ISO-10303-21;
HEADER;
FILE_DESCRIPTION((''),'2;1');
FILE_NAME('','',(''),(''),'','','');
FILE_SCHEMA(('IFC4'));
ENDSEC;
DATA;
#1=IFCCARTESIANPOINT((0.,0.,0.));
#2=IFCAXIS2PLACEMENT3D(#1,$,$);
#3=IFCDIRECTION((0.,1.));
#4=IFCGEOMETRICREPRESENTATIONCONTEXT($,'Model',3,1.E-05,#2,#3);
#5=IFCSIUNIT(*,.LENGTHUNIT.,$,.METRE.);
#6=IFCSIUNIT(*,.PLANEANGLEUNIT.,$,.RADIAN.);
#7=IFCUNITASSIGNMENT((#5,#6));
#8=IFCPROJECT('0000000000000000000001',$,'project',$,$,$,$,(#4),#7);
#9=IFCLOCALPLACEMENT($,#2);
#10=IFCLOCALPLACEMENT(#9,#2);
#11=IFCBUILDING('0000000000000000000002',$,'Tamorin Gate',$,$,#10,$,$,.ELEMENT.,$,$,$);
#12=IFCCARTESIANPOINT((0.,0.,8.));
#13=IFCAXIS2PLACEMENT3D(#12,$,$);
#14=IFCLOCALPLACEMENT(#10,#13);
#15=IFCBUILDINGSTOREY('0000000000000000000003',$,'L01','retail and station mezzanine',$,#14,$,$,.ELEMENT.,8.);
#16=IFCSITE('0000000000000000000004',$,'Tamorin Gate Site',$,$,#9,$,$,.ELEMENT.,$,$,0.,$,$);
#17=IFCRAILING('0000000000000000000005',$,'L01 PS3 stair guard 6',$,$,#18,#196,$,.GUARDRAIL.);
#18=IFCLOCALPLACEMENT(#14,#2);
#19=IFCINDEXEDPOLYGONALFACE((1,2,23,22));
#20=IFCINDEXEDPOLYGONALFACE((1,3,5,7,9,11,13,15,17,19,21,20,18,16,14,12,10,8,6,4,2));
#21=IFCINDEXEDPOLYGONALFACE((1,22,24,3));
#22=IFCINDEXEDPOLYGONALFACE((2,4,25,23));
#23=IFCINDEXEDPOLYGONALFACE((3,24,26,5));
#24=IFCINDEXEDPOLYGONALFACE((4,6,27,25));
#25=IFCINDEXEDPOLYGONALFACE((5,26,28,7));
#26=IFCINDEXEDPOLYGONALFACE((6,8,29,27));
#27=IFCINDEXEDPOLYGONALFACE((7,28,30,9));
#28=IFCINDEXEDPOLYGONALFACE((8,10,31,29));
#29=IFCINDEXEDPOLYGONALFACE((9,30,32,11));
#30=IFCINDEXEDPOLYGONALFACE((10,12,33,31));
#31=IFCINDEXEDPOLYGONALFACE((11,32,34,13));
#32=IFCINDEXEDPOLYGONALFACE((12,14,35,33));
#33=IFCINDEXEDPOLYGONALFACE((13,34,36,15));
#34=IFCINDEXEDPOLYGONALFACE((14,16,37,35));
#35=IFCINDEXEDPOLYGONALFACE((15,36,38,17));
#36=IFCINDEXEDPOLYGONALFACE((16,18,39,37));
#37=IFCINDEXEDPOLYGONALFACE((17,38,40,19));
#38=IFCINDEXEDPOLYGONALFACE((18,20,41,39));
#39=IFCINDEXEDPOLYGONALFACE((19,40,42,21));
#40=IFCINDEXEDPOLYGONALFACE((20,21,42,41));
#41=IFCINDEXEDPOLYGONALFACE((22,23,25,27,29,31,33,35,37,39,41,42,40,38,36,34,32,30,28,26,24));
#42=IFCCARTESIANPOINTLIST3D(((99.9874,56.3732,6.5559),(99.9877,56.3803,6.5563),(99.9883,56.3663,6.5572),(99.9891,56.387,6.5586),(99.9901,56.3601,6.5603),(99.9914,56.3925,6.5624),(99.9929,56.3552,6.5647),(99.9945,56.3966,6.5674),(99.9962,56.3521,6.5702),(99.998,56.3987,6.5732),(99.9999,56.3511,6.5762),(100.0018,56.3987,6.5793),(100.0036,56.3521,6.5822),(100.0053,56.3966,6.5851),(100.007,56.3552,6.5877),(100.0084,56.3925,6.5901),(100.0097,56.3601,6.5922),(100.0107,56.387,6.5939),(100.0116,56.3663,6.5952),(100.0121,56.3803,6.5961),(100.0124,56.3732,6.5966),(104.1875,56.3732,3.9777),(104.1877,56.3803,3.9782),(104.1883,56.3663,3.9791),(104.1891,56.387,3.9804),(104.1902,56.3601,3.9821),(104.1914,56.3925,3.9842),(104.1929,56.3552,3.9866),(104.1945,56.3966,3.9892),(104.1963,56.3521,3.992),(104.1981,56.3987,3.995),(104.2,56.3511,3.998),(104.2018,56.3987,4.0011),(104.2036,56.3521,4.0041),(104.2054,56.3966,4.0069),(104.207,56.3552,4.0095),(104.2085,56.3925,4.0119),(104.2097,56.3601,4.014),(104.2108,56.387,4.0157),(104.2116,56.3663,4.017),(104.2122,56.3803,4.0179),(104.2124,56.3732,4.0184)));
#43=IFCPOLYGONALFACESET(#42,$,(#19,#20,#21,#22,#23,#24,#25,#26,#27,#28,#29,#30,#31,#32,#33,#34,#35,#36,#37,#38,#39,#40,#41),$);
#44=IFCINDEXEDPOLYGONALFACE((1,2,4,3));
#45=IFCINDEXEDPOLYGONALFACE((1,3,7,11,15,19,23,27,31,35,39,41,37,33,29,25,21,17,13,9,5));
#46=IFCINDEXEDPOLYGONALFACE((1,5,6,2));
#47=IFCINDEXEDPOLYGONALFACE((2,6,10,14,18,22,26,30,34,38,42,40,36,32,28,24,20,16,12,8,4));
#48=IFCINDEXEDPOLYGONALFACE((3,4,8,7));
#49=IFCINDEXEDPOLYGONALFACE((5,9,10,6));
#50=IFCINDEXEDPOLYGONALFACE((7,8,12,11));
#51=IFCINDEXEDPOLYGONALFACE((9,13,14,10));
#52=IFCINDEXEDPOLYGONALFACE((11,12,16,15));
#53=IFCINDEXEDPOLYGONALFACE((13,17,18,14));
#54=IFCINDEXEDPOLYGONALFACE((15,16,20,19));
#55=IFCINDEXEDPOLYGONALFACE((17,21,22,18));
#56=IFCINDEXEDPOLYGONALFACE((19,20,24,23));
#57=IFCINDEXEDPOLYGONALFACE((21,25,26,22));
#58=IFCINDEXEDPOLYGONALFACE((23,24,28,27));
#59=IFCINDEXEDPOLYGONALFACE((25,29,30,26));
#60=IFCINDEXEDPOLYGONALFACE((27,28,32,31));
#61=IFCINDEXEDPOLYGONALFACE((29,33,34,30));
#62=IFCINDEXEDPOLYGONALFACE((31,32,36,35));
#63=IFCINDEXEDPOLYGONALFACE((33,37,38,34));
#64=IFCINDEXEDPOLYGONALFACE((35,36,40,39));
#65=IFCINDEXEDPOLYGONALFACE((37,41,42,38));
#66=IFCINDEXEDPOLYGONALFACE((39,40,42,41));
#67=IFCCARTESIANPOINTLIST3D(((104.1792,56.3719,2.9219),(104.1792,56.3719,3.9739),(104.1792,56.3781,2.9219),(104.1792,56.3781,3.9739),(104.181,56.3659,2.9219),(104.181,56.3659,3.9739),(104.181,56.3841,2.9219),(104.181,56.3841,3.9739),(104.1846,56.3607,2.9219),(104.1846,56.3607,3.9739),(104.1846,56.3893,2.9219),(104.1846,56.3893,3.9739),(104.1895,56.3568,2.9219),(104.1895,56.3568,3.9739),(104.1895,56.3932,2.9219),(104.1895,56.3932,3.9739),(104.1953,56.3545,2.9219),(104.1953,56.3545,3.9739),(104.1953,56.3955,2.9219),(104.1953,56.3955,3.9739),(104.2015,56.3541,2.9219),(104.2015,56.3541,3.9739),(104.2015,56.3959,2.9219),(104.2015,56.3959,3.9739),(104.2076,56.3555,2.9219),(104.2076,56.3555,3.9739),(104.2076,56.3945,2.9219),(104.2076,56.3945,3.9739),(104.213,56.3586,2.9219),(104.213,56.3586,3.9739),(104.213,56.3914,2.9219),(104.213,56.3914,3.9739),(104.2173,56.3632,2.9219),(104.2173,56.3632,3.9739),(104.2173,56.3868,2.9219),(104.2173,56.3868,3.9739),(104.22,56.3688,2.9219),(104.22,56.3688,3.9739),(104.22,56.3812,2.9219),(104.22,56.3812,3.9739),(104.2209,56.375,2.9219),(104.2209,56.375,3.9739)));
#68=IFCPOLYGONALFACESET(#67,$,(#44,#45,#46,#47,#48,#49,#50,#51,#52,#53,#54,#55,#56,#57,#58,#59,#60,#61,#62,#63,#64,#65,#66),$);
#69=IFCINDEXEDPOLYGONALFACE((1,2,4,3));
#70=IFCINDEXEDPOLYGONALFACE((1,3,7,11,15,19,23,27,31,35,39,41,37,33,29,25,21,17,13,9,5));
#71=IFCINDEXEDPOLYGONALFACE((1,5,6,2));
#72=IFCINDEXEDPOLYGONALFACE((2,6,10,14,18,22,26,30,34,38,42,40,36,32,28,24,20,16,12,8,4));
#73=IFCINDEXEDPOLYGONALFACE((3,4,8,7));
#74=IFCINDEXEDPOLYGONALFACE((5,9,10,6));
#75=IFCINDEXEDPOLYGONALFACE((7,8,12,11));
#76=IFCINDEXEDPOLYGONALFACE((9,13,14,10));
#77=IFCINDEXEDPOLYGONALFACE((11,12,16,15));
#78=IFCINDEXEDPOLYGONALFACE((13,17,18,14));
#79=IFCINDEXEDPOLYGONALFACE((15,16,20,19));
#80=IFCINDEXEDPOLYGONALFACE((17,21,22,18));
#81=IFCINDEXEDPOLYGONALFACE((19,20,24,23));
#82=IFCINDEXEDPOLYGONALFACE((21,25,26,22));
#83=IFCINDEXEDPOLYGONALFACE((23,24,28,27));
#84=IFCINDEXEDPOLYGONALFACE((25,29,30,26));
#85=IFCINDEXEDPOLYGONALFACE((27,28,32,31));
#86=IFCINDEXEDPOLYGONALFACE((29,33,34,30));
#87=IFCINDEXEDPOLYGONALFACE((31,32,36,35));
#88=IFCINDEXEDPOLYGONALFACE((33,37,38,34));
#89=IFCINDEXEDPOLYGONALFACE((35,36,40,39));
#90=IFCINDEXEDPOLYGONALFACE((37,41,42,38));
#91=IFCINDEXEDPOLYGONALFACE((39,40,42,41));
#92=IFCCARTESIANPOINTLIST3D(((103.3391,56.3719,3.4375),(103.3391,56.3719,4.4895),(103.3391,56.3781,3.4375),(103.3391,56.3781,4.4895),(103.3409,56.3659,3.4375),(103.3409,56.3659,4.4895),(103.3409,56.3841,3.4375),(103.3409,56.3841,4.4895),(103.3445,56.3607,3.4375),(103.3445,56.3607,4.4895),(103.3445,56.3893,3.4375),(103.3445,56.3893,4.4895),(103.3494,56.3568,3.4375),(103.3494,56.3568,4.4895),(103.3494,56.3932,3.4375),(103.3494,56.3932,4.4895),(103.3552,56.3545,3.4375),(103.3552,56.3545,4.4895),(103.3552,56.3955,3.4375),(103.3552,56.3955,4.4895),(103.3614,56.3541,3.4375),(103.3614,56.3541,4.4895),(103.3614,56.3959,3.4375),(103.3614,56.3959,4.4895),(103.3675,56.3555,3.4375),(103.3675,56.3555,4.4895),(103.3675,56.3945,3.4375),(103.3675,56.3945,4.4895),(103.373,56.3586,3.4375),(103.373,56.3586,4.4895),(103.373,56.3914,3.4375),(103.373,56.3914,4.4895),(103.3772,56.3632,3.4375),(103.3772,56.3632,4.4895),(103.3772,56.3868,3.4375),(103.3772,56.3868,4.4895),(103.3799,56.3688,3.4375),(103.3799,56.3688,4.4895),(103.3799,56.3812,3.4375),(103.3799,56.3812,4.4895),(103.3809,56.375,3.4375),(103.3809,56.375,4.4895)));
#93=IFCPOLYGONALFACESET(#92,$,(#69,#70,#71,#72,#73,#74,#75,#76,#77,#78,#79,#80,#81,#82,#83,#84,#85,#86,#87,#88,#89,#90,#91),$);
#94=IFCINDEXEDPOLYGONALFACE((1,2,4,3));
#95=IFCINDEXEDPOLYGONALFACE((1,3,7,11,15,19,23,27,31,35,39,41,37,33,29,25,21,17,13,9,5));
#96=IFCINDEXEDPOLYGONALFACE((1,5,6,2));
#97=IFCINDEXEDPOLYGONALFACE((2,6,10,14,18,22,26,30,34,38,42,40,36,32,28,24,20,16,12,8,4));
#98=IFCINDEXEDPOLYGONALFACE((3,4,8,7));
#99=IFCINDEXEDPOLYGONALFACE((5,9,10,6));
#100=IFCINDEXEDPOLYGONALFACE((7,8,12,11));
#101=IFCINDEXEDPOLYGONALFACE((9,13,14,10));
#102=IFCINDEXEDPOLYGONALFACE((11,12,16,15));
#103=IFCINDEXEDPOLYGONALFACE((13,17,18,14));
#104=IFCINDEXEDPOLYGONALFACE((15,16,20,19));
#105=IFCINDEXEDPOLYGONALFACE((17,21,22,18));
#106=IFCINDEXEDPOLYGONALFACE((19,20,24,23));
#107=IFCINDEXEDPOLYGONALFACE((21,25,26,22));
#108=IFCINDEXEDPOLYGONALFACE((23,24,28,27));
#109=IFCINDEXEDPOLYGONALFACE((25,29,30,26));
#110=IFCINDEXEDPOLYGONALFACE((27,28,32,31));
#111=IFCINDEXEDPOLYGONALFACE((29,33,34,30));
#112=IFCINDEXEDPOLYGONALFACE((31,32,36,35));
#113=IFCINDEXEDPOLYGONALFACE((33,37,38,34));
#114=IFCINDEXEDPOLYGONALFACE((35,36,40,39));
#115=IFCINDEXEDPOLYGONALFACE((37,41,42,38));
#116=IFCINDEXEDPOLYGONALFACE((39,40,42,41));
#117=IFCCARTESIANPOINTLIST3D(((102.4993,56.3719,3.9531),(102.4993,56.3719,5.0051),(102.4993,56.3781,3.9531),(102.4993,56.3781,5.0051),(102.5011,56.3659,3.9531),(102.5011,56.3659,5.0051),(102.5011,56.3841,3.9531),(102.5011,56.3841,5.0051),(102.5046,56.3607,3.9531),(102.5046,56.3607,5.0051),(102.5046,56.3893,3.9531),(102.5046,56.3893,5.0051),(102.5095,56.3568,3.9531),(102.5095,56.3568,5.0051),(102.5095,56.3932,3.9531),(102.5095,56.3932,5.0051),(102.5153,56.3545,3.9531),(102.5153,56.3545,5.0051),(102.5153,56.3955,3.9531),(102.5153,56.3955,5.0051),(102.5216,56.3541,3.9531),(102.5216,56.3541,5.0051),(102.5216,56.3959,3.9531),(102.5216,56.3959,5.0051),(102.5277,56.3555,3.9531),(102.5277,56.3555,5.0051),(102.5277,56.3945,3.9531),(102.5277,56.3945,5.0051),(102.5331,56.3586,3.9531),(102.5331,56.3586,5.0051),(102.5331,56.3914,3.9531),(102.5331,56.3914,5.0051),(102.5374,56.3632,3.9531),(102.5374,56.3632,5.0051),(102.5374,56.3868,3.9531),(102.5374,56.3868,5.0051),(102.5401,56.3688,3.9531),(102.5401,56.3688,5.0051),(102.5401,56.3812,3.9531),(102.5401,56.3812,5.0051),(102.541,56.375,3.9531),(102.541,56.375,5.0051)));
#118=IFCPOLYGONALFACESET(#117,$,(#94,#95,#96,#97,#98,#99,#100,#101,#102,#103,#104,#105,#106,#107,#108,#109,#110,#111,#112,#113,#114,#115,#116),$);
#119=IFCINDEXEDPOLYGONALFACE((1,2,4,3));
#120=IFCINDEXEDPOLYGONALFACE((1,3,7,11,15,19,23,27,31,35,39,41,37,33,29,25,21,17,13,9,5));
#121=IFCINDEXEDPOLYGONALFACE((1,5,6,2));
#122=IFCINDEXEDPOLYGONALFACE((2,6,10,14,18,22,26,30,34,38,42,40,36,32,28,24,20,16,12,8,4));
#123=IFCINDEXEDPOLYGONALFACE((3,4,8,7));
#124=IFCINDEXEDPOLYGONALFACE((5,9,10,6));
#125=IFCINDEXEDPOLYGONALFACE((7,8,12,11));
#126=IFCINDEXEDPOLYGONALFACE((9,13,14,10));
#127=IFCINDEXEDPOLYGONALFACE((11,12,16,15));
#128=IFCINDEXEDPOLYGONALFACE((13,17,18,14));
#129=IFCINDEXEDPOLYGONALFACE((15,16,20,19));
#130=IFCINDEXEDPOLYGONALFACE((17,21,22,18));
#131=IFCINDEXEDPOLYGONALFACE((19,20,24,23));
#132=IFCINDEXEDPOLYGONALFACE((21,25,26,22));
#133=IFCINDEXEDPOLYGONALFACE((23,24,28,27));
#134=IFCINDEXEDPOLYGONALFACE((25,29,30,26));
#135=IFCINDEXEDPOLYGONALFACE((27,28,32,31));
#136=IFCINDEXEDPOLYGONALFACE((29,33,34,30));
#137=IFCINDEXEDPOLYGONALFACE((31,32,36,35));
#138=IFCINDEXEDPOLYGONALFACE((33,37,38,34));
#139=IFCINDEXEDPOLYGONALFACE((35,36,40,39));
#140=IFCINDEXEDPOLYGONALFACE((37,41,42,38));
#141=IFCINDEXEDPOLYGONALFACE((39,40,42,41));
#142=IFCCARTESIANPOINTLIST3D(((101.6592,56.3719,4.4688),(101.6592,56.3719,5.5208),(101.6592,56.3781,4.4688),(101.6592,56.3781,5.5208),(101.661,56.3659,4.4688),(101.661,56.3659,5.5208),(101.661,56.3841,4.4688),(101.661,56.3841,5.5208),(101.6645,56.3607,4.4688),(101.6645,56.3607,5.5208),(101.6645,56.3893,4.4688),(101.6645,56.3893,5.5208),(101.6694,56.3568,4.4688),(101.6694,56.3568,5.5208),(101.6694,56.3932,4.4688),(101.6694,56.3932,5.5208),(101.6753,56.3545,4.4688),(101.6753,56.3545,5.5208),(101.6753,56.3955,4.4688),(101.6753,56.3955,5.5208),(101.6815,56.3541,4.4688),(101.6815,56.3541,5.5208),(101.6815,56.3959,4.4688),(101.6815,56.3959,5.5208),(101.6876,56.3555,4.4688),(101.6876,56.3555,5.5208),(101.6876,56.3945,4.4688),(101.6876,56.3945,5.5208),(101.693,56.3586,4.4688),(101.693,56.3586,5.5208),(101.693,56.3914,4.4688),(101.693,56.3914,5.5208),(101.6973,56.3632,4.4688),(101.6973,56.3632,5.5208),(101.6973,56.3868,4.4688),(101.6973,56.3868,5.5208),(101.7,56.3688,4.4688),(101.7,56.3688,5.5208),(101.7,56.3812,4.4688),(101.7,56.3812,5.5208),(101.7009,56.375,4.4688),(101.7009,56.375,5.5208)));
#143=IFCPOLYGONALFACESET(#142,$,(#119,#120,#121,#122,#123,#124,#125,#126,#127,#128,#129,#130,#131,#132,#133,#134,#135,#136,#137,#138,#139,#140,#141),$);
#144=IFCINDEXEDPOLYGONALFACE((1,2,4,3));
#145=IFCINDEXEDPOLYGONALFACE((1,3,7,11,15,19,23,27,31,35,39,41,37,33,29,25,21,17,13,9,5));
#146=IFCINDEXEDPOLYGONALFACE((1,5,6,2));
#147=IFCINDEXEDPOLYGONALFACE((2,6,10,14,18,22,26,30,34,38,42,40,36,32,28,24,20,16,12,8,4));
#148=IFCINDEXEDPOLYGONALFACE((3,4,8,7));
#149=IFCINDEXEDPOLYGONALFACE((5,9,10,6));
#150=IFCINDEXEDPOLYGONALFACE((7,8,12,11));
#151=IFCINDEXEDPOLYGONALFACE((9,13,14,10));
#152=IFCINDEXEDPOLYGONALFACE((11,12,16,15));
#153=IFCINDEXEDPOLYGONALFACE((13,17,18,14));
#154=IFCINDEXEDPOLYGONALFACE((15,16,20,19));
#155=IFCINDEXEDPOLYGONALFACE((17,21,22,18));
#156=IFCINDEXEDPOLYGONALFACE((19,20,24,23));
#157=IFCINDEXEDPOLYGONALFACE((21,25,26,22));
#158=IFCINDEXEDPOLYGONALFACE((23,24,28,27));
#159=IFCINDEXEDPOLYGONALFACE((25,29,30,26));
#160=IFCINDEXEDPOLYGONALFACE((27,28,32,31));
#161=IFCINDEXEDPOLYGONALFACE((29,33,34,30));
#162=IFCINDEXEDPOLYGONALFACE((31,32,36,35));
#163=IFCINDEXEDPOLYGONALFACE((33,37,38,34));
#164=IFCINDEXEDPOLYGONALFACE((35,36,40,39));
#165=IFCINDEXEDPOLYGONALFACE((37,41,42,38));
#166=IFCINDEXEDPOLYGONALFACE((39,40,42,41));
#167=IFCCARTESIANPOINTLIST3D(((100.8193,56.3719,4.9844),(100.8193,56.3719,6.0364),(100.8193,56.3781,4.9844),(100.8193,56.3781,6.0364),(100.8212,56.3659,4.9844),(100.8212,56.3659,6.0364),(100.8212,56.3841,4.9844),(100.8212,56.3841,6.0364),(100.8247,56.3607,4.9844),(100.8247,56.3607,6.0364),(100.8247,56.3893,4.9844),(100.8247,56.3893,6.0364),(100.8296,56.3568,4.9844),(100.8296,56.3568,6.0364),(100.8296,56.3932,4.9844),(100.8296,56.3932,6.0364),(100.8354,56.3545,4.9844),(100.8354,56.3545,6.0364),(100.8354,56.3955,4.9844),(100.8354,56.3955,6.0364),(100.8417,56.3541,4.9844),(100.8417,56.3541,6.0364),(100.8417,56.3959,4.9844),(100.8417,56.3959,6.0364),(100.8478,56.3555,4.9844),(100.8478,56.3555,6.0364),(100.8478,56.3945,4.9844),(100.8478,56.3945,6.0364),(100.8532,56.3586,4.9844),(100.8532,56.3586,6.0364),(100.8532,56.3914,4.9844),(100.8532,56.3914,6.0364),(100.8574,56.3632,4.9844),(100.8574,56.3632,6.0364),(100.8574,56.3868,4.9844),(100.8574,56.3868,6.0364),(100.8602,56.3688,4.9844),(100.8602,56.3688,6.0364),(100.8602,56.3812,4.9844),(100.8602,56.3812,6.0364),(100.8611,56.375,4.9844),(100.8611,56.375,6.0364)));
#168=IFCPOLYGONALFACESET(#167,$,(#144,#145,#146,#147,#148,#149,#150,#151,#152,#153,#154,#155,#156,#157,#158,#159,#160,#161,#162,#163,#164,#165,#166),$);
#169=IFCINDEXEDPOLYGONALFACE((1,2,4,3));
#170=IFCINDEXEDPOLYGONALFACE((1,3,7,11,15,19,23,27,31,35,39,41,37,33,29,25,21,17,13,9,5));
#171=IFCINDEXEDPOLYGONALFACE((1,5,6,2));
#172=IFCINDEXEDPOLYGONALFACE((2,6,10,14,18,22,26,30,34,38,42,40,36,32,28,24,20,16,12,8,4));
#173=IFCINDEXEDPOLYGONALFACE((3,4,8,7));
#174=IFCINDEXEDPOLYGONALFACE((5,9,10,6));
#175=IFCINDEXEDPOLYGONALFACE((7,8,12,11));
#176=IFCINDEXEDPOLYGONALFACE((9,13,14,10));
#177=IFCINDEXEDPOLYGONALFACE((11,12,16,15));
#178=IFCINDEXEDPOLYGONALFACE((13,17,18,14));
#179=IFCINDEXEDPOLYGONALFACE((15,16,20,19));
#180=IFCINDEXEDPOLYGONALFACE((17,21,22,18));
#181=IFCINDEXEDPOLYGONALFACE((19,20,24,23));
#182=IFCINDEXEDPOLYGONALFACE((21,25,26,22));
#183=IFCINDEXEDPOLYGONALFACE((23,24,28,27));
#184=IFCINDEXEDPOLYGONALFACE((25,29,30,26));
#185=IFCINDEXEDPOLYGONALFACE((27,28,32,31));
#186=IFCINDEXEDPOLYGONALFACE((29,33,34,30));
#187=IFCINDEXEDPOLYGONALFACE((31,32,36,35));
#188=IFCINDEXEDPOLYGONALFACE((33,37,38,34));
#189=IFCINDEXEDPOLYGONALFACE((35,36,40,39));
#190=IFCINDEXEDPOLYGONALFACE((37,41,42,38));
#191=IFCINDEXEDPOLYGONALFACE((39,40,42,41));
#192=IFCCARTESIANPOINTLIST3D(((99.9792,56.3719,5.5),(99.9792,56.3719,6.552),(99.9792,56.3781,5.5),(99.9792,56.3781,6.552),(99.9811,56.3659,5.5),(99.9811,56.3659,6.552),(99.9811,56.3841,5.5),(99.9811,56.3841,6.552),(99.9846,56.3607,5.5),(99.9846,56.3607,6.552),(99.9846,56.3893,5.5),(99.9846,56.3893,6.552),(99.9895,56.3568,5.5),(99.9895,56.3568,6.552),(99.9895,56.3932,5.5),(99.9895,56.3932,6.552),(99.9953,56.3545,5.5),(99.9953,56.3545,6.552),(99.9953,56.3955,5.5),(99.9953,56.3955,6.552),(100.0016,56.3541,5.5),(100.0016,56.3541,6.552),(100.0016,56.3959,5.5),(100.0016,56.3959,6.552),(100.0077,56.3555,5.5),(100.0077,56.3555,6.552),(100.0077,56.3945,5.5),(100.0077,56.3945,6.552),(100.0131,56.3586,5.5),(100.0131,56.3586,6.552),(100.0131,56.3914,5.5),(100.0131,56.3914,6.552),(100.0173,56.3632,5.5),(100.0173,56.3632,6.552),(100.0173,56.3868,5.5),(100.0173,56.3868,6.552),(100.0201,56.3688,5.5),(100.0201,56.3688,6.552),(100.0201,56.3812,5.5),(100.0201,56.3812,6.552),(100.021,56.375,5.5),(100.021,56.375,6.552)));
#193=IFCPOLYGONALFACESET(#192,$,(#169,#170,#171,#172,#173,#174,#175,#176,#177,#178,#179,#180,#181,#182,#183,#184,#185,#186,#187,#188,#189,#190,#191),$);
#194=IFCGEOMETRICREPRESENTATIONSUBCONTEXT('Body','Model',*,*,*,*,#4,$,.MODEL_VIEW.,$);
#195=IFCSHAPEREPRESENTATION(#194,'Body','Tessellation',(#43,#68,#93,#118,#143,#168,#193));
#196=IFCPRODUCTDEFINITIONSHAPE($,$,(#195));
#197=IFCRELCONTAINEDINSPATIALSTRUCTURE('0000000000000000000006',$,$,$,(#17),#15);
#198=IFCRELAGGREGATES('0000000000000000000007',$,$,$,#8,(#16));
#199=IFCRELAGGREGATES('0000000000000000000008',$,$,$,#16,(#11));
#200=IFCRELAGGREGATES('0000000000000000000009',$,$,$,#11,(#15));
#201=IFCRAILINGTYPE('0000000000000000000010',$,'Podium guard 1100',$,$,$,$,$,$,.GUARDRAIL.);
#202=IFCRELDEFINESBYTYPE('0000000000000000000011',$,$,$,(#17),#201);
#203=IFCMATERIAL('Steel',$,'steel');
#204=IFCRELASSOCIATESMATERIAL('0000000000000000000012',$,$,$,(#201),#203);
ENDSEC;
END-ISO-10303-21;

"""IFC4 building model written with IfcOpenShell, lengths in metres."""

from ifc_helpers import new_model, si_unit, direction, frame, origin, origin_2d, place, context, subcontext, project, spatial, circle, extrude, material, type_object, element, save


model = new_model("IFC4")

# Units and contexts
model_context = context("Model", 3, precision=1e-05, world=origin(), true_north=direction((0.0, 1.0)))
body_context = subcontext(model_context, "Body", "Model", "MODEL_VIEW")
ifc_project = project(units=[si_unit("LENGTHUNIT", "METRE"), si_unit("PLANEANGLEUNIT", "RADIAN")], contexts=[model_context])

# Site, building, storey
site_placement = place(None, origin())
site = spatial("IfcSite", under=ifc_project, at=site_placement, Name="Tamorin Gate Site", CompositionType="ELEMENT", RefElevation=0.0)
building_placement = place(site_placement, origin())
building = spatial("IfcBuilding", under=site, at=building_placement, Name="Tamorin Gate", CompositionType="ELEMENT")
storey_placement = place(building_placement, frame((0.0, 0.0, 8.0)))
storey = spatial("IfcBuildingStorey", under=building, at=storey_placement, Name="L01", Description="retail and station mezzanine", CompositionType="ELEMENT", Elevation=8.0)

# Railing
ifc_material_1 = material(Name="Steel", Category="steel")
railing_type_1 = type_object("IfcRailingType", Name="Podium guard 1100", PredefinedType="GUARDRAIL", material=ifc_material_1)
railing_1_placement = place(storey_placement, frame((104.2, 56.375, 2.9219)))
element("IfcRailing", 1, at=railing_1_placement, inside=storey, type_object=railing_type_1, Name="L01 PS3 stair guard 6", PredefinedType="GUARDRAIL", context=body_context, shape_type="SweptSolid", body=[
    extrude(circle(Radius=0.0239, at=origin_2d()), frame((0.0, 0.0, 1.0762), z_axis=(-0.852243, 0.0, 0.523146), x_axis=(0.0, -1.0, 0.0)), (0.0, 0.0, 1.0), 4.9282),
    extrude(circle(Radius=0.021, at=origin_2d()), origin(), (0.0, 0.0, 1.0), 1.052),
    extrude(circle(Radius=0.021, at=origin_2d()), frame((-0.8401, 0.0, 0.5156)), (0.0, 0.0, 1.0), 1.052),
    extrude(circle(Radius=0.021, at=origin_2d()), frame((-1.6799, 0.0, 1.0312)), (0.0, 0.0, 1.0), 1.052),
    extrude(circle(Radius=0.021, at=origin_2d()), frame((-2.52, 0.0, 1.5469)), (0.0, 0.0, 1.0), 1.052),
    extrude(circle(Radius=0.021, at=origin_2d()), frame((-3.3599, 0.0, 2.0625)), (0.0, 0.0, 1.0), 1.052),
    extrude(circle(Radius=0.021, at=origin_2d()), frame((-4.2, 0.0, 2.5781)), (0.0, 0.0, 1.0), 1.052),
])

save(model, "model.ifc")
